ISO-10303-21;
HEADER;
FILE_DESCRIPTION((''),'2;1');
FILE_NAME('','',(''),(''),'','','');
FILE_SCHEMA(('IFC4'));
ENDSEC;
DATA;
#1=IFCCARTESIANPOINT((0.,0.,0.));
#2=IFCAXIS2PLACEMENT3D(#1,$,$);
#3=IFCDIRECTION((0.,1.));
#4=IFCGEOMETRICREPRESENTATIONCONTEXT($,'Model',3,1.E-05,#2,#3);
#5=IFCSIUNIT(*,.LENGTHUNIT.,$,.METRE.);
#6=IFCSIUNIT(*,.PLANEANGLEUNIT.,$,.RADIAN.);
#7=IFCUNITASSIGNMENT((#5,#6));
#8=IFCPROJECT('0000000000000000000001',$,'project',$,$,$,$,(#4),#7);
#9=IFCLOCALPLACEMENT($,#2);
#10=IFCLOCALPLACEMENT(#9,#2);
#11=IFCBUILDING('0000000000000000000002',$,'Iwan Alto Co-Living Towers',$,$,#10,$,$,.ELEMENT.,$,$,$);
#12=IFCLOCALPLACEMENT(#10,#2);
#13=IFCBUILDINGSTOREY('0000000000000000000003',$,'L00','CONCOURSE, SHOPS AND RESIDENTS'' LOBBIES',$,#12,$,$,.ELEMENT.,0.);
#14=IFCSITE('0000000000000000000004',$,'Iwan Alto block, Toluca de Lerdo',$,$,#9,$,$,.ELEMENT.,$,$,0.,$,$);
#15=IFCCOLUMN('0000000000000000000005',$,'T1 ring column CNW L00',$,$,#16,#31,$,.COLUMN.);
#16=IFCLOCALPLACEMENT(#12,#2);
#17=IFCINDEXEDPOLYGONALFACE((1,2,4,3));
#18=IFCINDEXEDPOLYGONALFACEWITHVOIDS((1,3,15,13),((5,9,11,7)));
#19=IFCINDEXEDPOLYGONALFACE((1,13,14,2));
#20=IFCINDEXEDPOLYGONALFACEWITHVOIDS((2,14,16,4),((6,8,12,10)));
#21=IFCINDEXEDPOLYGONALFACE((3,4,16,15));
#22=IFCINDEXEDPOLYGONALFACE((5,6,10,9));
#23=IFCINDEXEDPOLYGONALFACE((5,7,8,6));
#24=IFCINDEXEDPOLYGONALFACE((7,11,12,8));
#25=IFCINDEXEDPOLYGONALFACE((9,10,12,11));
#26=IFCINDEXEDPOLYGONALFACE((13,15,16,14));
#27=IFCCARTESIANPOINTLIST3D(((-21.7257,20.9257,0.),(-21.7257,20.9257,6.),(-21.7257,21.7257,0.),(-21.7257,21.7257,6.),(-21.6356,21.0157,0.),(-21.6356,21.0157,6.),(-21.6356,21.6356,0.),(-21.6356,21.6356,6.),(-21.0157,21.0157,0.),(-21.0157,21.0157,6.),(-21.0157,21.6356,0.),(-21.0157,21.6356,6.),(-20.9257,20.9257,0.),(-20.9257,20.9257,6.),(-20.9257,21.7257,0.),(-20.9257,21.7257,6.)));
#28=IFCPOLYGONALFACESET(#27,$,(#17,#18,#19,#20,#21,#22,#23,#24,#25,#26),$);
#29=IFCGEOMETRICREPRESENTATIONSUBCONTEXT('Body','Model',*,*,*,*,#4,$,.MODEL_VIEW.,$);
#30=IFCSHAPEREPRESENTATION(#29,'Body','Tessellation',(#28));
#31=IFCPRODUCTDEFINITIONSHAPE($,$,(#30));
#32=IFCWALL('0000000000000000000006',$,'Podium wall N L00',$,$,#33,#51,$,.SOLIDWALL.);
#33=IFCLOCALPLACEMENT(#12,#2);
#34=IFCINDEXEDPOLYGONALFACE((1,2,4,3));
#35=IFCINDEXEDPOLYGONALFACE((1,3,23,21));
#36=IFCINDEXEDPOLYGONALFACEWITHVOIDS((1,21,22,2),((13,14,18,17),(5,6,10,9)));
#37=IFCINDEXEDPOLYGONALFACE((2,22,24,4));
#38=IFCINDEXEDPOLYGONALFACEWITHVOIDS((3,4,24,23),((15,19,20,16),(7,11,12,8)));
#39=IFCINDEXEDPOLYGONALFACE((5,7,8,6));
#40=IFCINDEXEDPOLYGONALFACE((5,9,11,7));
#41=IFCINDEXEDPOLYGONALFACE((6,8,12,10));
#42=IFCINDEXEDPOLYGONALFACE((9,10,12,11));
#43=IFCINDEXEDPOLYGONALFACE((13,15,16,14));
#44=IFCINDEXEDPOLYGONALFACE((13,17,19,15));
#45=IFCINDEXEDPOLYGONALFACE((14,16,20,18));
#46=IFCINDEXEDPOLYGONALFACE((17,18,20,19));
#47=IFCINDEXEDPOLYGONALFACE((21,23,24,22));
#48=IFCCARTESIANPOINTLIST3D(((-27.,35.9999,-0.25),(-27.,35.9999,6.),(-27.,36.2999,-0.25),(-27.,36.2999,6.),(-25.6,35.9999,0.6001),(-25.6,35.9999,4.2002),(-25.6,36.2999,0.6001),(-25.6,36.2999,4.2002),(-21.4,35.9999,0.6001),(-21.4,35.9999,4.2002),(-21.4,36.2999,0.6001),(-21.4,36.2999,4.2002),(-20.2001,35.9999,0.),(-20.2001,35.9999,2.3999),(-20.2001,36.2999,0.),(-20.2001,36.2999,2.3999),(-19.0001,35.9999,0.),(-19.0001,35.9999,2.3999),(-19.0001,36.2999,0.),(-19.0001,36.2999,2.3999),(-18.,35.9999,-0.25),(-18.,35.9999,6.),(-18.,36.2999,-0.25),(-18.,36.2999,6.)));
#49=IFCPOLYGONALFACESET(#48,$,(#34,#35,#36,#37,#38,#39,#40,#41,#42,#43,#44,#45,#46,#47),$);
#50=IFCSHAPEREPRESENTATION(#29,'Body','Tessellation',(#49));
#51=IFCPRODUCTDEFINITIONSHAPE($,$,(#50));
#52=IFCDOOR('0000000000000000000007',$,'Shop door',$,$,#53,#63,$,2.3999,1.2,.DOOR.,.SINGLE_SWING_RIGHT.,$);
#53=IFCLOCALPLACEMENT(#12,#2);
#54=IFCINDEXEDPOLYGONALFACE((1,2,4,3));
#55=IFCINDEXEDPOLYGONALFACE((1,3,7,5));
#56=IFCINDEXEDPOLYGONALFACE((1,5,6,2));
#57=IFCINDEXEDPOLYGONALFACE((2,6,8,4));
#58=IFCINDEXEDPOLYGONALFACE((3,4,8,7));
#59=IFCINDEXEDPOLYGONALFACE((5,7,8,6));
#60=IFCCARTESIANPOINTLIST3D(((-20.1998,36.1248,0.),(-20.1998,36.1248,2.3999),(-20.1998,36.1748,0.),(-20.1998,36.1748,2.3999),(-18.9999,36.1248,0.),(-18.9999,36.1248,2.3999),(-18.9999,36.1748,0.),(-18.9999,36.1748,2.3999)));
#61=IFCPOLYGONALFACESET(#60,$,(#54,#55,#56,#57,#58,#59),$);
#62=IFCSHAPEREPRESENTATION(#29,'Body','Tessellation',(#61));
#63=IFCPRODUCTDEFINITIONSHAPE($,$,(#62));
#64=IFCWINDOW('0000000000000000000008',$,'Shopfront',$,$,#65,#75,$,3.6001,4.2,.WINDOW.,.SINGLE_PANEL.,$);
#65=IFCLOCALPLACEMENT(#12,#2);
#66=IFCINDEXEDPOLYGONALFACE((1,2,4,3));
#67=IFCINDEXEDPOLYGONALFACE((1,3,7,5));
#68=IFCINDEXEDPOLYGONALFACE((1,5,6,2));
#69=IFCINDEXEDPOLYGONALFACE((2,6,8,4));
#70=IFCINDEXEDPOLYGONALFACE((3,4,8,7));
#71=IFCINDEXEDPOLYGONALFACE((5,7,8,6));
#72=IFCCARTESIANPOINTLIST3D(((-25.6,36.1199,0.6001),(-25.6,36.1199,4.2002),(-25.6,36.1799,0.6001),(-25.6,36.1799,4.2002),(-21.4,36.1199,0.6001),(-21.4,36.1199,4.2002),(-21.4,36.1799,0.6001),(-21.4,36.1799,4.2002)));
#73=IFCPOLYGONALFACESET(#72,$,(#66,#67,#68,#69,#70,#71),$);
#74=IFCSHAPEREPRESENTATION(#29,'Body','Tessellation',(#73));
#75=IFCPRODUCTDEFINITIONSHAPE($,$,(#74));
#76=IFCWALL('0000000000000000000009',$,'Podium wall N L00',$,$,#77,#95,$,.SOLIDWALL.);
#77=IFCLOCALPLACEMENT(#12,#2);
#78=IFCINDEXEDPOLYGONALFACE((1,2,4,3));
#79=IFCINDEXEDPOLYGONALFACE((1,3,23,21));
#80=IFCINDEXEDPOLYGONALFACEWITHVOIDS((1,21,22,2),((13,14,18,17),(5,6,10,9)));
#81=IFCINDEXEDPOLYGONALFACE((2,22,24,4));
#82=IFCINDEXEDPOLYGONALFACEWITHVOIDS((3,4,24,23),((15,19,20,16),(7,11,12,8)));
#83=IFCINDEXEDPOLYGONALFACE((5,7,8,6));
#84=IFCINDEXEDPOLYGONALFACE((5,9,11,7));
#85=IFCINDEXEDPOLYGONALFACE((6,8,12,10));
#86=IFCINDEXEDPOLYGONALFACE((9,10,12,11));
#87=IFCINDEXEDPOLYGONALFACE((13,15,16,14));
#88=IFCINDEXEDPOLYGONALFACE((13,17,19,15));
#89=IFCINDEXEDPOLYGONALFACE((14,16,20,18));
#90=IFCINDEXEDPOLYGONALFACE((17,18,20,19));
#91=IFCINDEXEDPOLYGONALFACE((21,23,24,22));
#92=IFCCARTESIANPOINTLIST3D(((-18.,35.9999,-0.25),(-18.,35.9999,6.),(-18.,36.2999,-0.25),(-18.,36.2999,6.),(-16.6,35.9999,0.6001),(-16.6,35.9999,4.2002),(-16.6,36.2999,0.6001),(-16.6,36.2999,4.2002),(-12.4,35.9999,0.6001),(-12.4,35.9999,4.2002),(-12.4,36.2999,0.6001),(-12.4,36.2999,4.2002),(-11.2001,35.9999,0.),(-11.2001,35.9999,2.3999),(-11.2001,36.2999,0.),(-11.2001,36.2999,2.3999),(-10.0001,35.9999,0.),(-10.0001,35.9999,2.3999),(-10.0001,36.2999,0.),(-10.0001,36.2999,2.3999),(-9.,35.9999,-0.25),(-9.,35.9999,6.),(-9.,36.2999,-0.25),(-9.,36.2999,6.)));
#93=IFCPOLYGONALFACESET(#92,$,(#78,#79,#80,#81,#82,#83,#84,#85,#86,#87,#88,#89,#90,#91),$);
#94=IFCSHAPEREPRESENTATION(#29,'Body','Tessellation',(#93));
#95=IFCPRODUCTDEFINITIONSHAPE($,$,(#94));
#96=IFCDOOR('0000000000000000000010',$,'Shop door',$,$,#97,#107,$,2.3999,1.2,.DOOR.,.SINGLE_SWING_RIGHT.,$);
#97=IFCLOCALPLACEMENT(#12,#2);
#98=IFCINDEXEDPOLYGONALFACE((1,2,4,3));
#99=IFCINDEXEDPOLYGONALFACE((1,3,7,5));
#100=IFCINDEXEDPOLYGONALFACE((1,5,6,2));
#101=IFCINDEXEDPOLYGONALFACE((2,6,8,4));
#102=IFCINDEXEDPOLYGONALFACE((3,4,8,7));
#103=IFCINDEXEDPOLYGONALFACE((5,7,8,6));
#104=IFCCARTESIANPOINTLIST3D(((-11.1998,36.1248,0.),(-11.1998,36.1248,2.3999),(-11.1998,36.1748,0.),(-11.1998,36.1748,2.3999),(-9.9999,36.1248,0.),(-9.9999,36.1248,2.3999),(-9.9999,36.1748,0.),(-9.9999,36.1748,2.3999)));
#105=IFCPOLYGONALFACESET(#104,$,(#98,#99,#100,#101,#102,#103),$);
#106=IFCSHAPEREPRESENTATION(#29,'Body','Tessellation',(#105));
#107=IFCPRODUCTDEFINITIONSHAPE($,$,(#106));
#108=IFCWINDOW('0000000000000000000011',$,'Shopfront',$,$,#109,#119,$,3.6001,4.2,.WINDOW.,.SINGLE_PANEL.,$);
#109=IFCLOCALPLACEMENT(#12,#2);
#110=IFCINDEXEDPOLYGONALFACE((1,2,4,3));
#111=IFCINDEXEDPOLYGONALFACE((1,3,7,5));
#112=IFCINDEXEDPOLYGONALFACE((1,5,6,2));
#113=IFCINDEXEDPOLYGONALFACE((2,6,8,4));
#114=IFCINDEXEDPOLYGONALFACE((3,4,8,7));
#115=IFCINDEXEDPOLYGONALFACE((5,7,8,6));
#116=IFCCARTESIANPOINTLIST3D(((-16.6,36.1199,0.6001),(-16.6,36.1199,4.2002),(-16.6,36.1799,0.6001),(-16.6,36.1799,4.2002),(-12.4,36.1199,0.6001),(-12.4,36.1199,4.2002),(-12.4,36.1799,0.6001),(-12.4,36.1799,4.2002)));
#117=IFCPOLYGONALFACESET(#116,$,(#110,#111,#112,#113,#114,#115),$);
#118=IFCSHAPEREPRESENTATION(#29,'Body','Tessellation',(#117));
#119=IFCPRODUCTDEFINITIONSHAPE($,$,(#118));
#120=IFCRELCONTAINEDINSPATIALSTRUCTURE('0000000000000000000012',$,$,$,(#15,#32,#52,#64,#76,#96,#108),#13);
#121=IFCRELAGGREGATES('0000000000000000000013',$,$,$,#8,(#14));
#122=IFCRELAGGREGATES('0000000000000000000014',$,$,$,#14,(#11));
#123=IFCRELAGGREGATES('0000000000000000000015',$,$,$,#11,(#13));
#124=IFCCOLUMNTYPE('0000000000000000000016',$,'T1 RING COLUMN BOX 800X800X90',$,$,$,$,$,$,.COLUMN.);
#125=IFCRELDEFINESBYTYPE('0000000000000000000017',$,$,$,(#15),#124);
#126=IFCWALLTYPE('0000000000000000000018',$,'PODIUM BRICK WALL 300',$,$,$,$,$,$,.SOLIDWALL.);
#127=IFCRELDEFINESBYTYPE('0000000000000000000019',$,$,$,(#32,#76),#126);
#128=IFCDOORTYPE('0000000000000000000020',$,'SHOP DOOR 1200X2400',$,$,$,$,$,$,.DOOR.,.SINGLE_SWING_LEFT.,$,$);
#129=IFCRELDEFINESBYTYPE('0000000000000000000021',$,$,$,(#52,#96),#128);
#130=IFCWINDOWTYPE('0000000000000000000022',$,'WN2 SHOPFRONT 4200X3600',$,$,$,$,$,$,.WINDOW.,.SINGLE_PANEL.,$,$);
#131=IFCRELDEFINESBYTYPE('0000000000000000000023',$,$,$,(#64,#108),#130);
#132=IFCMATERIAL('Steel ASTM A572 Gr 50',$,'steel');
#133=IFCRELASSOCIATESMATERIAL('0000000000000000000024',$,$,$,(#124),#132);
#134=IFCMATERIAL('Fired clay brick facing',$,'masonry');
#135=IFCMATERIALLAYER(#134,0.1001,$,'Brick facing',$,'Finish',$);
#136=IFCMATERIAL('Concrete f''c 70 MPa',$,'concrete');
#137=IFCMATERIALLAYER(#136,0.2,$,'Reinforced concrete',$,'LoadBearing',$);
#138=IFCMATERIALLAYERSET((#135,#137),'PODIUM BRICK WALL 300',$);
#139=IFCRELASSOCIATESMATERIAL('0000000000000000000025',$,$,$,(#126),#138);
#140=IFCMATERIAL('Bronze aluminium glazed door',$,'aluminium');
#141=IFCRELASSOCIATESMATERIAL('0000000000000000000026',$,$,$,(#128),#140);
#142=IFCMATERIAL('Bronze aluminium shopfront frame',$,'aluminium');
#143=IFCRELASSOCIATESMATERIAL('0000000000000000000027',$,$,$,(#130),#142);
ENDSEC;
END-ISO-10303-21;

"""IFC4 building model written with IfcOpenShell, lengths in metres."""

from ifc_helpers import new_model, si_unit, direction, frame, frame_2d, origin, origin_2d, place, context, subcontext, project, spatial, rectangle, hollow_rectangle, extrude, material, layer, layer_set, material_profile, profile_set, type_object, element, fill, save


model = new_model("IFC4")

# Units and contexts
model_context = context("Model", 3, precision=1e-05, world=origin(), true_north=direction((0.0, 1.0)))
body_context = subcontext(model_context, "Body", "Model", "MODEL_VIEW")
ifc_project = project(units=[si_unit("LENGTHUNIT", "METRE"), si_unit("PLANEANGLEUNIT", "RADIAN")], contexts=[model_context])

# Site, building, storey
site_placement = place(None, origin())
site = spatial("IfcSite", under=ifc_project, at=site_placement, Name="Iwan Alto block, Toluca de Lerdo", CompositionType="ELEMENT", RefElevation=0.0)
building_placement = place(site_placement, origin())
building = spatial("IfcBuilding", under=site, at=building_placement, Name="Iwan Alto Co-Living Towers", CompositionType="ELEMENT")
storey_placement = place(building_placement, origin())
storey = spatial("IfcBuildingStorey", under=building, at=storey_placement, Name="L00", Description="CONCOURSE, SHOPS AND RESIDENTS' LOBBIES", CompositionType="ELEMENT", Elevation=0.0)

# Column
ifc_material_1 = material(Name="Steel ASTM A572 Gr 50", Category="steel")
ifc_material_profile_1 = material_profile(ifc_material_1, hollow_rectangle(XDim=0.8, YDim=0.8, WallThickness=0.0901, at=origin_2d()), Name="BOX 800X800X90")
ifc_profile_set_1 = profile_set([ifc_material_profile_1], Name="Steel ASTM A572 Gr 50")
column_type = type_object("IfcColumnType", Name="T1 RING COLUMN BOX 800X800X90", PredefinedType="COLUMN", material=ifc_profile_set_1)
column_placement = place(storey_placement, frame((-21.3257, 21.3257, 0.0), z_axis=(0.0, 0.0, 1.0), x_axis=(1.0, 0.0, 0.0)))
element("IfcColumn", 1, at=column_placement, inside=storey, type_object=column_type, Name="T1 ring column CNW L00", PredefinedType="COLUMN", context=body_context, shape_type="SweptSolid", body=[
    extrude(hollow_rectangle(XDim=0.8, YDim=0.8, WallThickness=0.0901, at=origin_2d()), origin(), (0.0, 0.0, 1.0), 6.0),
])

# Walls, openings, doors, windows
ifc_material_2 = material(Name="Fired clay brick facing", Category="masonry")
ifc_layer_1 = layer(ifc_material_2, 0.1001, Name="Brick facing", Category="Finish")
ifc_material_3 = material(Name="Concrete f'c 70 MPa", Category="concrete")
ifc_layer_2 = layer(ifc_material_3, 0.2, Name="Reinforced concrete", Category="LoadBearing")
ifc_layer_set = layer_set([ifc_layer_1, ifc_layer_2], Name="PODIUM BRICK WALL 300")
wall_type = type_object("IfcWallType", Name="PODIUM BRICK WALL 300", PredefinedType="SOLIDWALL", material=ifc_layer_set)
wall_1_placement = place(storey_placement, frame((-18.0, 36.1499, -0.25), z_axis=(0.0, 0.0, 1.0), x_axis=(-1.0, 0.0, 0.0)))
wall_1 = element("IfcWall", 2, at=wall_1_placement, inside=storey, type_object=wall_type, Name="Podium wall N L00", PredefinedType="SOLIDWALL", context=body_context, shape_type="SweptSolid", body=[
    extrude(rectangle(XDim=9.0, YDim=0.3, at=frame_2d((4.5, 0.0))), origin(), (0.0, 0.0, 1.0), 6.25),
])
opening_1_placement = place(wall_1_placement, frame((1.0, 0.0, 0.25)))
opening_1 = element("IfcOpeningElement", 3, at=opening_1_placement, cuts=wall_1, PredefinedType="OPENING", context=body_context, shape_type="SweptSolid", body=[
    extrude(rectangle(XDim=1.2, YDim=2.3999, at=frame_2d((0.6001, 1.2))), frame((0.0, 0.1599, 0.0), z_axis=(0.0, -1.0, 0.0), x_axis=(1.0, 0.0, 0.0)), (0.0, 0.0, 1.0), 0.3201),
])
opening_2_placement = place(wall_1_placement, frame((3.3999, 0.0, 0.8501)))
opening_2 = element("IfcOpeningElement", 4, at=opening_2_placement, cuts=wall_1, PredefinedType="OPENING", context=body_context, shape_type="SweptSolid", body=[
    extrude(rectangle(XDim=4.2, YDim=3.6001, at=frame_2d((2.1001, 1.8))), frame((0.0, 0.1599, 0.0), z_axis=(0.0, -1.0, 0.0), x_axis=(1.0, 0.0, 0.0)), (0.0, 0.0, 1.0), 0.3201),
])
ifc_material_4 = material(Name="Bronze aluminium glazed door", Category="aluminium")
door_type = type_object("IfcDoorType", Name="SHOP DOOR 1200X2400", OperationType="SINGLE_SWING_LEFT", PredefinedType="DOOR", material=ifc_material_4)
door_1_placement = place(opening_1_placement, frame((1.2, 0.0, 0.0), z_axis=(0.0, 0.0, 1.0), x_axis=(-1.0, 0.0, 0.0)))
door_1 = element("IfcDoor", 5, at=door_1_placement, inside=storey, type_object=door_type, Name="Shop door", OperationType="SINGLE_SWING_RIGHT", OverallHeight=2.3999, OverallWidth=1.2, PredefinedType="DOOR", context=body_context, shape_type="SweptSolid", body=[
    extrude(rectangle(XDim=1.2, YDim=2.3999, at=frame_2d((0.6001, 1.2))), frame((0.0, 0.0249, 0.0), z_axis=(0.0, -1.0, 0.0), x_axis=(1.0, 0.0, 0.0)), (0.0, 0.0, 1.0), 0.05),
])
fill(opening_1, door_1)
ifc_material_5 = material(Name="Bronze aluminium shopfront frame", Category="aluminium")
window_type = type_object("IfcWindowType", Name="WN2 SHOPFRONT 4200X3600", PartitioningType="SINGLE_PANEL", PredefinedType="WINDOW", material=ifc_material_5)
window_1_placement = place(opening_2_placement, origin())
window_1 = element("IfcWindow", 6, at=window_1_placement, inside=storey, type_object=window_type, Name="Shopfront", OverallHeight=3.6001, OverallWidth=4.2, PartitioningType="SINGLE_PANEL", PredefinedType="WINDOW", context=body_context, shape_type="SweptSolid", body=[
    extrude(rectangle(XDim=4.2, YDim=3.6001, at=frame_2d((2.1001, 1.8))), frame((0.0, 0.03, 0.0), z_axis=(0.0, -1.0, 0.0), x_axis=(1.0, 0.0, 0.0)), (0.0, 0.0, 1.0), 0.0601),
])
fill(opening_2, window_1)
wall_2_placement = place(storey_placement, frame((-9.0, 36.1499, -0.25), z_axis=(0.0, 0.0, 1.0), x_axis=(-1.0, 0.0, 0.0)))
wall_2 = element("IfcWall", 7, at=wall_2_placement, inside=storey, type_object=wall_type, Name="Podium wall N L00", PredefinedType="SOLIDWALL", context=body_context, shape_type="SweptSolid", body=[
    extrude(rectangle(XDim=9.0, YDim=0.3, at=frame_2d((4.5, 0.0))), origin(), (0.0, 0.0, 1.0), 6.25),
])
opening_3_placement = place(wall_2_placement, frame((1.0, 0.0, 0.25)))
opening_3 = element("IfcOpeningElement", 8, at=opening_3_placement, cuts=wall_2, PredefinedType="OPENING", context=body_context, shape_type="SweptSolid", body=[
    extrude(rectangle(XDim=1.2, YDim=2.3999, at=frame_2d((0.6001, 1.2))), frame((0.0, 0.1599, 0.0), z_axis=(0.0, -1.0, 0.0), x_axis=(1.0, 0.0, 0.0)), (0.0, 0.0, 1.0), 0.3201),
])
opening_4_placement = place(wall_2_placement, frame((3.3999, 0.0, 0.8501)))
opening_4 = element("IfcOpeningElement", 9, at=opening_4_placement, cuts=wall_2, PredefinedType="OPENING", context=body_context, shape_type="SweptSolid", body=[
    extrude(rectangle(XDim=4.2, YDim=3.6001, at=frame_2d((2.1001, 1.8))), frame((0.0, 0.1599, 0.0), z_axis=(0.0, -1.0, 0.0), x_axis=(1.0, 0.0, 0.0)), (0.0, 0.0, 1.0), 0.3201),
])
door_2_placement = place(opening_3_placement, frame((1.2, 0.0, 0.0), z_axis=(0.0, 0.0, 1.0), x_axis=(-1.0, 0.0, 0.0)))
door_2 = element("IfcDoor", 10, at=door_2_placement, inside=storey, type_object=door_type, Name="Shop door", OperationType="SINGLE_SWING_RIGHT", OverallHeight=2.3999, OverallWidth=1.2, PredefinedType="DOOR", context=body_context, shape_type="SweptSolid", body=[
    extrude(rectangle(XDim=1.2, YDim=2.3999, at=frame_2d((0.6001, 1.2))), frame((0.0, 0.0249, 0.0), z_axis=(0.0, -1.0, 0.0), x_axis=(1.0, 0.0, 0.0)), (0.0, 0.0, 1.0), 0.05),
])
fill(opening_3, door_2)
window_2_placement = place(opening_4_placement, origin())
window_2 = element("IfcWindow", 11, at=window_2_placement, inside=storey, type_object=window_type, Name="Shopfront", OverallHeight=3.6001, OverallWidth=4.2, PartitioningType="SINGLE_PANEL", PredefinedType="WINDOW", context=body_context, shape_type="SweptSolid", body=[
    extrude(rectangle(XDim=4.2, YDim=3.6001, at=frame_2d((2.1001, 1.8))), frame((0.0, 0.03, 0.0), z_axis=(0.0, -1.0, 0.0), x_axis=(1.0, 0.0, 0.0)), (0.0, 0.0, 1.0), 0.0601),
])
fill(opening_4, window_2)

save(model, "model.ifc")
